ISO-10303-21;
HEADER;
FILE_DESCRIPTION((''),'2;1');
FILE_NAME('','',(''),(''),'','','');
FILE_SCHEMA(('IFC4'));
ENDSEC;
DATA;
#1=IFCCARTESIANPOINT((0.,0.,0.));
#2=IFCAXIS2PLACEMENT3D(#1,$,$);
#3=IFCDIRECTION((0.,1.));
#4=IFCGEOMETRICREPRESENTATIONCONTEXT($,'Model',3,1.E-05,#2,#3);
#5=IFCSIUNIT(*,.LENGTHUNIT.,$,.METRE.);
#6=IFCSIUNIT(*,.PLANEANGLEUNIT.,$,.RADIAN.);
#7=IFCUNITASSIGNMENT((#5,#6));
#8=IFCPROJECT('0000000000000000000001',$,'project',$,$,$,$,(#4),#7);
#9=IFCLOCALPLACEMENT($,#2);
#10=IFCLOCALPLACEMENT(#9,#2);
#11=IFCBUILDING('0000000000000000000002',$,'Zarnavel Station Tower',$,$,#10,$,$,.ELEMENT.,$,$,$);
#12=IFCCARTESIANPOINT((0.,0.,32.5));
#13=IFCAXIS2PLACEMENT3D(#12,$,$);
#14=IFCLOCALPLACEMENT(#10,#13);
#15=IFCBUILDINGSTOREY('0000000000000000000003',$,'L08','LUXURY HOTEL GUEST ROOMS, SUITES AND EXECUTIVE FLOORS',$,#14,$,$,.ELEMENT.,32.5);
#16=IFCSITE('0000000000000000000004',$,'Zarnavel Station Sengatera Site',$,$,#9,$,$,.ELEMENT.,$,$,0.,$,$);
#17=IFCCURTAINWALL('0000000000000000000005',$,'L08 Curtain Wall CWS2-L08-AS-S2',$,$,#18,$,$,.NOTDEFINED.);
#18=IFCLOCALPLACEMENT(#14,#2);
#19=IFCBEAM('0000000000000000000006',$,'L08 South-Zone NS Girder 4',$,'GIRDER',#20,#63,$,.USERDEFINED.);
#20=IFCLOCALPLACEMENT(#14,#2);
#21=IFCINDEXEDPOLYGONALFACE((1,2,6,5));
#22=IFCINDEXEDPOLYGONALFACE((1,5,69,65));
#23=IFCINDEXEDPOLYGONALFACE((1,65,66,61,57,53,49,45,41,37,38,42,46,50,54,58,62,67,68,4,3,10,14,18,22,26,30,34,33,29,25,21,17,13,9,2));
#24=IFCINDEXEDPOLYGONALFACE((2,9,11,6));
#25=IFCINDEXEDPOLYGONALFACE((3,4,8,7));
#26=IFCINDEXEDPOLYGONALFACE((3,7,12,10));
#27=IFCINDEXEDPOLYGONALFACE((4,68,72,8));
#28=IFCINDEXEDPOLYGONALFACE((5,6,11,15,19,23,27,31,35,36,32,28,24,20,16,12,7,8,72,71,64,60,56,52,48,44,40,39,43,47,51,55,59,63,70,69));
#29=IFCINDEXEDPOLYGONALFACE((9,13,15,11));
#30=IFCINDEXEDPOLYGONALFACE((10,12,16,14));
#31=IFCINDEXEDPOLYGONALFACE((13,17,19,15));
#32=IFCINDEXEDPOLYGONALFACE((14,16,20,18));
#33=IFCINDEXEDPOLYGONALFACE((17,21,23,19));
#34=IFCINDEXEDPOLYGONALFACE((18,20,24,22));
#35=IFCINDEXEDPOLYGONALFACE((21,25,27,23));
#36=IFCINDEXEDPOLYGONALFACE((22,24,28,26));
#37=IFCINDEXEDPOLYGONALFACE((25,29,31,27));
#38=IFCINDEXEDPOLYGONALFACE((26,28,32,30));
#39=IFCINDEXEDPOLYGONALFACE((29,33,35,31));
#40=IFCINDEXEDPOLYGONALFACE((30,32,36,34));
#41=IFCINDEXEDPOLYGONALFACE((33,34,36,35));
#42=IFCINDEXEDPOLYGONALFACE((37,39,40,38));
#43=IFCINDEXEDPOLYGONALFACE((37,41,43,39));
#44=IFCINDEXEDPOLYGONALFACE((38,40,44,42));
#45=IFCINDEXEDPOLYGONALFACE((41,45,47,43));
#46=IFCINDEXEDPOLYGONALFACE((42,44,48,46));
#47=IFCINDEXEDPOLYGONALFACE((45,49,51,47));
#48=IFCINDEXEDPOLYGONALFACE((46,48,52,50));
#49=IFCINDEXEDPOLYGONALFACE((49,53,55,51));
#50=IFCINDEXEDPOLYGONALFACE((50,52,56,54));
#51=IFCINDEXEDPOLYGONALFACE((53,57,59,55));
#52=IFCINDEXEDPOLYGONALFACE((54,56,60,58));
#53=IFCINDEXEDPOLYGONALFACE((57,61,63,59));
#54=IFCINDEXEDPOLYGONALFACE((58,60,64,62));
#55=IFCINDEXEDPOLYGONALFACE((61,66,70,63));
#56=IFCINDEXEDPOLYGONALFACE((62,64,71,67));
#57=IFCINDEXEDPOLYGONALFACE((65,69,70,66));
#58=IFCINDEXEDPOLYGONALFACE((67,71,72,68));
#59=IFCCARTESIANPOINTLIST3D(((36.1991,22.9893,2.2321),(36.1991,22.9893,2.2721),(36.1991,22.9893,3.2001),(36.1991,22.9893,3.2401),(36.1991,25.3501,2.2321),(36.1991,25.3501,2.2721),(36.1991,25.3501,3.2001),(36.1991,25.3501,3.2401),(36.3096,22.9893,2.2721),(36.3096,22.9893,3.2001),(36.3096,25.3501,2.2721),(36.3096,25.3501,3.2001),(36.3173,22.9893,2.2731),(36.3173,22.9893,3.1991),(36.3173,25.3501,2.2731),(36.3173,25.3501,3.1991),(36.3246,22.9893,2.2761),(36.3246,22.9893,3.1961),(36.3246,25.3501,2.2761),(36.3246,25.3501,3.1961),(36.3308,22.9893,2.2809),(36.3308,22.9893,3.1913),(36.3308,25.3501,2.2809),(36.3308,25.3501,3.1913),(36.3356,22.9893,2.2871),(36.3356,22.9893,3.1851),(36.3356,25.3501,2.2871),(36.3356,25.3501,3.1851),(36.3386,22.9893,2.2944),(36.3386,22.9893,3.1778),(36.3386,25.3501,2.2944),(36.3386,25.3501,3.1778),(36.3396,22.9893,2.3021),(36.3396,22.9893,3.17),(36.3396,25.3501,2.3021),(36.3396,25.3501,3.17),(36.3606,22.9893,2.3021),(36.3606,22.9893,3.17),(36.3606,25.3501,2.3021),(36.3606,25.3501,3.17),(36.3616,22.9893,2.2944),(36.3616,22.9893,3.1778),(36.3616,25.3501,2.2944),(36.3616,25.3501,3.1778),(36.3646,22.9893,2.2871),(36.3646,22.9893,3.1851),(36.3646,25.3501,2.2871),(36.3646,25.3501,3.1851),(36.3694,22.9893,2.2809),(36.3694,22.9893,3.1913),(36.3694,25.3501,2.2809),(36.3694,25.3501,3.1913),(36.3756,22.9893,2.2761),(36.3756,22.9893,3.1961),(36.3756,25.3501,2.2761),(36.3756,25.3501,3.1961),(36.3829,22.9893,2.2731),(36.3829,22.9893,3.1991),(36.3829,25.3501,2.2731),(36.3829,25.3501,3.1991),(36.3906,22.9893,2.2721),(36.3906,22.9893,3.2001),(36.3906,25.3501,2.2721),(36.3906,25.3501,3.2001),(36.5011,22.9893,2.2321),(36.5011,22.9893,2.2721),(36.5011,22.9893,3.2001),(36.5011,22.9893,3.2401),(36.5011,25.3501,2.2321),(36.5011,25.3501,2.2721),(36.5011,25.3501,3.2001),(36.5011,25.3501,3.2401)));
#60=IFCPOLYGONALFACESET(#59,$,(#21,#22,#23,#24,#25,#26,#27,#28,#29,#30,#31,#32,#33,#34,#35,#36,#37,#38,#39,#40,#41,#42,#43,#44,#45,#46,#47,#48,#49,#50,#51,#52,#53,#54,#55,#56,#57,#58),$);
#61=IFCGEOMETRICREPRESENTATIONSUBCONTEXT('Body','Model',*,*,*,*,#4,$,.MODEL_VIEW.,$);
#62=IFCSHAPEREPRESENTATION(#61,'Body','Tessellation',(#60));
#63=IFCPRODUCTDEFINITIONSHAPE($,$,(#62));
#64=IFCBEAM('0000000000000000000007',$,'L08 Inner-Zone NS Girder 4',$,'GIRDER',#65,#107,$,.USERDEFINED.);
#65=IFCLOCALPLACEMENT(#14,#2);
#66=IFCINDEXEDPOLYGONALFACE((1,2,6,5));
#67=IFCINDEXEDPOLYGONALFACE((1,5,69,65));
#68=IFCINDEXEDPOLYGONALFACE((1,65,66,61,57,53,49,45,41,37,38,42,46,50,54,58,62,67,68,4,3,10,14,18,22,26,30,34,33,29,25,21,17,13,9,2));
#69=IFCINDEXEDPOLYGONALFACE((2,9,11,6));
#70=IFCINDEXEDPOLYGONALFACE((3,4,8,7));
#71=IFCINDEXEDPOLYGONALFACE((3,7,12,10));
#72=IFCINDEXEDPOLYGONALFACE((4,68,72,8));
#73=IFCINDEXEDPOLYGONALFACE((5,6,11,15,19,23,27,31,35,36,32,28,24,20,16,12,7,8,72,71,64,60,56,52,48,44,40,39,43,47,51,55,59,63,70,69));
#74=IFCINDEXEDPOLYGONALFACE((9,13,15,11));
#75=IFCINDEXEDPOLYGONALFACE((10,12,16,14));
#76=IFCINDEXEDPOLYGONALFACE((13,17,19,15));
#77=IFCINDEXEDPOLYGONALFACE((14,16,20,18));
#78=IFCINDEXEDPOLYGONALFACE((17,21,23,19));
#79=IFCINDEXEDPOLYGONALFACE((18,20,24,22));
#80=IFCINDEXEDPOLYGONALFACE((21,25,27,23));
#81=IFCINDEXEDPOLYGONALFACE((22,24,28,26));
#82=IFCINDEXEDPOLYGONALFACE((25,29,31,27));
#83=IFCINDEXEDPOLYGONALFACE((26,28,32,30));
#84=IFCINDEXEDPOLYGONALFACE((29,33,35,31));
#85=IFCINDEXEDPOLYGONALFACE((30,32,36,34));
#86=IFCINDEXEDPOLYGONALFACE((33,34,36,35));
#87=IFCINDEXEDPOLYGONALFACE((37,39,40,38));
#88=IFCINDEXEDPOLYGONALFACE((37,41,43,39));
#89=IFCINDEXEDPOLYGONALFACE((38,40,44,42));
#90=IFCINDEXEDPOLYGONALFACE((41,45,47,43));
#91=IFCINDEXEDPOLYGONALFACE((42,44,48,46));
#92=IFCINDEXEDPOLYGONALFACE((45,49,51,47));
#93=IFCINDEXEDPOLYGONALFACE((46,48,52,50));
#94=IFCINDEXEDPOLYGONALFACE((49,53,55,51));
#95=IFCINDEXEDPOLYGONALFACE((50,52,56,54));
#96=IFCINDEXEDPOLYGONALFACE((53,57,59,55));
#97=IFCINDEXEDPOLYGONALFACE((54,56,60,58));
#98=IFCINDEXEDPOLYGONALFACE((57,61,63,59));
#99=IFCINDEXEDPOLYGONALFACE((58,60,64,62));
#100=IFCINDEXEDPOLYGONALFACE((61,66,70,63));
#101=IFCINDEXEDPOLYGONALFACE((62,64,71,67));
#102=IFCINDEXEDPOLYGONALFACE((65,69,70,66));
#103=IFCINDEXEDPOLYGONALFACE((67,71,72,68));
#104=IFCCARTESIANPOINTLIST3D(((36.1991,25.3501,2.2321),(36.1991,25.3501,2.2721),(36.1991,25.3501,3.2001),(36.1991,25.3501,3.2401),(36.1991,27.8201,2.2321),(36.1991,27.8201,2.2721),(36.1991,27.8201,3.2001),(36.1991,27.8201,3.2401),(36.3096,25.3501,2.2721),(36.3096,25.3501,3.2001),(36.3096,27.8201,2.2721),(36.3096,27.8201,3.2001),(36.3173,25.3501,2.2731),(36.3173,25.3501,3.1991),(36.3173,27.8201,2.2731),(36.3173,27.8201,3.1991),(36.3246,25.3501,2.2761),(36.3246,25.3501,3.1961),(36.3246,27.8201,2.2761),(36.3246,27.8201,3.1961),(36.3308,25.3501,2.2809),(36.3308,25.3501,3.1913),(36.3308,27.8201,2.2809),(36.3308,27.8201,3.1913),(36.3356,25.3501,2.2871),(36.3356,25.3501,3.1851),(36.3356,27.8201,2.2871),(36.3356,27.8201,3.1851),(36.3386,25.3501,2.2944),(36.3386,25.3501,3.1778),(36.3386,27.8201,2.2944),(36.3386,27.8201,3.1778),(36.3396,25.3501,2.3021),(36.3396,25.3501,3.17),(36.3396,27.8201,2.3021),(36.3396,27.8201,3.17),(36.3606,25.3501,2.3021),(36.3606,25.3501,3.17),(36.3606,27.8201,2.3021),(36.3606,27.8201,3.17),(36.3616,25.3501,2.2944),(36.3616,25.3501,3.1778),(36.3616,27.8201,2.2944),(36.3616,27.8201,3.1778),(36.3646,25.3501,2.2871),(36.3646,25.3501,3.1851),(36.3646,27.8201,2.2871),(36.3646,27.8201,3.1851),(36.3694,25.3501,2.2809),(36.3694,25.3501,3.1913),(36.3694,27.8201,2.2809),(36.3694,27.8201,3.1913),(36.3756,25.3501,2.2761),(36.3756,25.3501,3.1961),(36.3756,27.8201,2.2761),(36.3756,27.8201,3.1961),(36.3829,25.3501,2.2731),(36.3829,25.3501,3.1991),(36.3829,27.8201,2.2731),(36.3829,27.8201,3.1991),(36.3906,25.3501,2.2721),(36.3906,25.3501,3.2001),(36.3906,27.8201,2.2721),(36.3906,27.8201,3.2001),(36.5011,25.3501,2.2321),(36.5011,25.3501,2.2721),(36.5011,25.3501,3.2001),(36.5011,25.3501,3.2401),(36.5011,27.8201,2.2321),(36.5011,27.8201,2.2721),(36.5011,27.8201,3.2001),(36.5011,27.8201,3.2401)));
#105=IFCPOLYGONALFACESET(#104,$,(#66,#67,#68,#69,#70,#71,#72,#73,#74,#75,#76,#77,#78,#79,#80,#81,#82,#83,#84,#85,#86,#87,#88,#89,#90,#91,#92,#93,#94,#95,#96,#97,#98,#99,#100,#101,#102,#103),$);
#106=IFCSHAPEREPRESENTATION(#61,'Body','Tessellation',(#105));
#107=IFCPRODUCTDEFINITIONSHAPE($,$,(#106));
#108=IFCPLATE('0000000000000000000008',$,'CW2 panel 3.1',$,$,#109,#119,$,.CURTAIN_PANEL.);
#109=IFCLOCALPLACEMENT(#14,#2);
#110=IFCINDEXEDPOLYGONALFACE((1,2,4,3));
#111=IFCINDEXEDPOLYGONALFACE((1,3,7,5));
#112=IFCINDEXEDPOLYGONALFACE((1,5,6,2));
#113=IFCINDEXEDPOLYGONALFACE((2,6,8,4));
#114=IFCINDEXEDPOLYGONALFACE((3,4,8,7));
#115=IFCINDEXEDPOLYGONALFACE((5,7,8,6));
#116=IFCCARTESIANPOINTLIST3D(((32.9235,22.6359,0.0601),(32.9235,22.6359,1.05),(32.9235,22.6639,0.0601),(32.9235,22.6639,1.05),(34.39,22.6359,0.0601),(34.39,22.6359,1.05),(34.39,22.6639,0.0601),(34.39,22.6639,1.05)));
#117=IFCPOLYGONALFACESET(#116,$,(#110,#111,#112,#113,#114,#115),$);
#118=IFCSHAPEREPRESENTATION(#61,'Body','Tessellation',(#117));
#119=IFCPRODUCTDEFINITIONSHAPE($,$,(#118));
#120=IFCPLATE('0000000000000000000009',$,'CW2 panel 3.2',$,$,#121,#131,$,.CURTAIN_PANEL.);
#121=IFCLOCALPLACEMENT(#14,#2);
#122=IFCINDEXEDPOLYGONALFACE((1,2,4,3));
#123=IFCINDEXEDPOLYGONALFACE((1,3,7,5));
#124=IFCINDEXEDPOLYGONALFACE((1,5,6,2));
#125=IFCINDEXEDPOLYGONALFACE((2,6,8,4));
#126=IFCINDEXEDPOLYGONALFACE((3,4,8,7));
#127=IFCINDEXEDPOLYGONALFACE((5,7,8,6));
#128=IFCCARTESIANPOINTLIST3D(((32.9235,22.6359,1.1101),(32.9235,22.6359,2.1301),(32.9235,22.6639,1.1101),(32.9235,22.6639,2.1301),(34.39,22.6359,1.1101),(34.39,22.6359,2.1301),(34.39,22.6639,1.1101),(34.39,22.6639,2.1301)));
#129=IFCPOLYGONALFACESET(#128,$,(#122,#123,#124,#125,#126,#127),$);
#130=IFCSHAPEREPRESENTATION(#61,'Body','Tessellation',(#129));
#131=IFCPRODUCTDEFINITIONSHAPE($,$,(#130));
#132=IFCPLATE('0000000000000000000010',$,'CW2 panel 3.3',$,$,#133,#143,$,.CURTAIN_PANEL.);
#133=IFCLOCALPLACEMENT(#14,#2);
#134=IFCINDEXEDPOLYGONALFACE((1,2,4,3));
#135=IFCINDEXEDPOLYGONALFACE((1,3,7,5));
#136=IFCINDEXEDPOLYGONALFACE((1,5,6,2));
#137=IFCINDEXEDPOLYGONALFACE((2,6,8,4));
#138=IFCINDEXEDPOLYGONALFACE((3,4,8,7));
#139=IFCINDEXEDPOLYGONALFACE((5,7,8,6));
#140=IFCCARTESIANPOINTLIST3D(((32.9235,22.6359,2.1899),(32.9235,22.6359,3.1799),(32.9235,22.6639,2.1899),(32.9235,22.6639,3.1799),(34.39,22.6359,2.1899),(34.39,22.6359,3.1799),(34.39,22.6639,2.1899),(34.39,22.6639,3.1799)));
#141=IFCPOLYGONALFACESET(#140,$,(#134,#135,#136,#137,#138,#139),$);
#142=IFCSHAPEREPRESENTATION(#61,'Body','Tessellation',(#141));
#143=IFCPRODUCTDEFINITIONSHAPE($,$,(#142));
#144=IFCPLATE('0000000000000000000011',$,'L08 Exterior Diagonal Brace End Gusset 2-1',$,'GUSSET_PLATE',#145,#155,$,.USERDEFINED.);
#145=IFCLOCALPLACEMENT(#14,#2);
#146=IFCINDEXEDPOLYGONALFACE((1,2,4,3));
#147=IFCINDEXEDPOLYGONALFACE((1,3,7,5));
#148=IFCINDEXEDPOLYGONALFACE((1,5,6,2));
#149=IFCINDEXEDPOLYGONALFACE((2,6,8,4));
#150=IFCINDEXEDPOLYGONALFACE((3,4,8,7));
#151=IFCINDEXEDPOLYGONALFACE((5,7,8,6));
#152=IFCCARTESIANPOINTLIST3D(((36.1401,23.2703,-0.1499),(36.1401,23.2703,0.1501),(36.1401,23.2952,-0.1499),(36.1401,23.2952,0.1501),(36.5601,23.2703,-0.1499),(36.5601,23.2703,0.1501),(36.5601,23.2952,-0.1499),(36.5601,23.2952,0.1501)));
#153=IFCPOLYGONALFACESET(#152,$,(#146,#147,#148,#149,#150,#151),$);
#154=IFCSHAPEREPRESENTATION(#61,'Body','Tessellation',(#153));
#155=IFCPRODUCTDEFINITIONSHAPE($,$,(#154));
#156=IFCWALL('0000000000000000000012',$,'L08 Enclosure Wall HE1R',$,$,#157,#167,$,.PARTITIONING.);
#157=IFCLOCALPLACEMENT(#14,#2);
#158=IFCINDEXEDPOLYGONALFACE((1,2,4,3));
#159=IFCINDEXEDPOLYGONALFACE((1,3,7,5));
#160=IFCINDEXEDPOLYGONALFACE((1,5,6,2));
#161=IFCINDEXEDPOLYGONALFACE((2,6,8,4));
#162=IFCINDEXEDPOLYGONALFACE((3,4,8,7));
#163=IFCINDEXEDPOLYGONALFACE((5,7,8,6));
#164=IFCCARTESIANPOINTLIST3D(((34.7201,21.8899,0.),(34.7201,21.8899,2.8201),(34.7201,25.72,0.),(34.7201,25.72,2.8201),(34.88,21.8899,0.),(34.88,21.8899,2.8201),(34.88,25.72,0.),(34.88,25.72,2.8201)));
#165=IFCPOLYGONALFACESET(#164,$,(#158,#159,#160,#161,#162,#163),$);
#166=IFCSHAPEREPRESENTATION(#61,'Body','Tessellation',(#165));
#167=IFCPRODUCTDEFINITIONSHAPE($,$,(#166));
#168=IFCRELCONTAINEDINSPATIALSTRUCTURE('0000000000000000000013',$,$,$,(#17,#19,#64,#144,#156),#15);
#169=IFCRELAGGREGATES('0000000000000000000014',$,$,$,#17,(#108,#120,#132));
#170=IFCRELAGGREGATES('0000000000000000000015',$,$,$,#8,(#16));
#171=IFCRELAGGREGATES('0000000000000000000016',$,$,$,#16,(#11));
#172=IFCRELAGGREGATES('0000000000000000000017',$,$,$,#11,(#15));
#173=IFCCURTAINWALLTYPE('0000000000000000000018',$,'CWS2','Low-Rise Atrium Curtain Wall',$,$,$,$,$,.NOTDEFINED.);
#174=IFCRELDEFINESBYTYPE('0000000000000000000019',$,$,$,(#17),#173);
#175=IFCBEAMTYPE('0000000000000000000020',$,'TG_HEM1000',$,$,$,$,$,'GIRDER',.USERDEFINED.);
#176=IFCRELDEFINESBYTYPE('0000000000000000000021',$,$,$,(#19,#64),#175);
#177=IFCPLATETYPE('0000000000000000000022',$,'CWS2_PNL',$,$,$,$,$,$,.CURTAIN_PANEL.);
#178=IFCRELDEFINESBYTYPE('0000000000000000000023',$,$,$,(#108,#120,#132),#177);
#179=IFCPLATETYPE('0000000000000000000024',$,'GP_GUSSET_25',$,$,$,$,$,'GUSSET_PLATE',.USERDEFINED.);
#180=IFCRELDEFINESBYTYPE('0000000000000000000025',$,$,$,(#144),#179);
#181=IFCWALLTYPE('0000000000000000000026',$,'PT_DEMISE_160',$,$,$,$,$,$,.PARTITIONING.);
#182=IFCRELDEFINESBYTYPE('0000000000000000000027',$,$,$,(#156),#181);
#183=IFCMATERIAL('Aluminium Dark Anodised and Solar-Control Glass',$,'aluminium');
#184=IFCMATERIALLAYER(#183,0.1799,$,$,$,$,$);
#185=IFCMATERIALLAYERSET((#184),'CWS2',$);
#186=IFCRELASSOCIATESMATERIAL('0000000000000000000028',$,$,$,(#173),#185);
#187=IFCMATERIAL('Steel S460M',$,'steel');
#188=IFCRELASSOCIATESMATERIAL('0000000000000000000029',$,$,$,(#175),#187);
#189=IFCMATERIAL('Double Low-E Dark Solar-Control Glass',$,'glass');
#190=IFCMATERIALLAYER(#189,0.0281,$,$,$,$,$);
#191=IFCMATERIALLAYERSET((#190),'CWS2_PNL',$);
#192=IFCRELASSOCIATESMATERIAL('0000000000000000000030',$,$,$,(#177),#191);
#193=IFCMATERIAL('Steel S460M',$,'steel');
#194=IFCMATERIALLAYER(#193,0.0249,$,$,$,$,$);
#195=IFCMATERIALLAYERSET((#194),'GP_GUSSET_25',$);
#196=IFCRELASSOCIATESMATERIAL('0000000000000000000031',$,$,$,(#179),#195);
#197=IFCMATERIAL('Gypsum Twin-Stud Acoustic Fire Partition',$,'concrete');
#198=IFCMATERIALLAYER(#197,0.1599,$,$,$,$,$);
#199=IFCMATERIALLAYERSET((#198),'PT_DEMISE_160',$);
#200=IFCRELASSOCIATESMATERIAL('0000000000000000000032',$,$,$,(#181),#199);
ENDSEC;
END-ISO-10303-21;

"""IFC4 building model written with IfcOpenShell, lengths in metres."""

from ifc_helpers import new_model, si_unit, direction, frame, frame_2d, origin, origin_2d, place, context, subcontext, project, spatial, rectangle, i_section, extrude, material, layer, layer_set, material_profile, profile_set, type_object, element, aggregate, save


model = new_model("IFC4")

# Units and contexts
model_context = context("Model", 3, precision=1e-05, world=origin(), true_north=direction((0.0, 1.0)))
body_context = subcontext(model_context, "Body", "Model", "MODEL_VIEW")
ifc_project = project(units=[si_unit("LENGTHUNIT", "METRE"), si_unit("PLANEANGLEUNIT", "RADIAN")], contexts=[model_context])

# Site, building, storey
site_placement = place(None, origin())
site = spatial("IfcSite", under=ifc_project, at=site_placement, Name="Zarnavel Station Sengatera Site", CompositionType="ELEMENT", RefElevation=0.0)
building_placement = place(site_placement, origin())
building = spatial("IfcBuilding", under=site, at=building_placement, Name="Zarnavel Station Tower", CompositionType="ELEMENT")
storey_placement = place(building_placement, frame((0.0, 0.0, 32.5)))
storey = spatial("IfcBuildingStorey", under=building, at=storey_placement, Name="L08", Description="LUXURY HOTEL GUEST ROOMS, SUITES AND EXECUTIVE FLOORS", CompositionType="ELEMENT", Elevation=32.5)

# Curtain wall
ifc_material_1 = material(Name="Aluminium Dark Anodised and Solar-Control Glass", Category="aluminium")
ifc_layer_1 = layer(ifc_material_1, 0.1799)
ifc_layer_set_1 = layer_set([ifc_layer_1], Name="CWS2")
curtain_wall_type = type_object("IfcCurtainWallType", Name="CWS2", Description="Low-Rise Atrium Curtain Wall", PredefinedType="NOTDEFINED", material=ifc_layer_set_1)
curtain_wall_placement = place(storey_placement, origin())
curtain_wall = element("IfcCurtainWall", 1, at=curtain_wall_placement, inside=storey, type_object=curtain_wall_type, Name="L08 Curtain Wall CWS2-L08-AS-S2", PredefinedType="NOTDEFINED")

# Beams
ifc_material_2 = material(Name="Steel S460M", Category="steel")
ifc_material_profile_1 = material_profile(ifc_material_2, i_section(OverallWidth=0.302, OverallDepth=1.0081, WebThickness=0.021, FlangeThickness=0.04, FilletRadius=0.03, at=origin_2d()), Name="HEM1000")
ifc_profile_set_1 = profile_set([ifc_material_profile_1], Name="Steel S460M")
beam_type_1 = type_object("IfcBeamType", Name="TG_HEM1000", ElementType="GIRDER", PredefinedType="USERDEFINED", material=ifc_profile_set_1)
beam_1_placement = place(storey_placement, frame((36.3501, 22.9893, 2.7361), z_axis=(0.0, 1.0, 0.0), x_axis=(-1.0, 0.0, 0.0)))
element("IfcBeam", 2, at=beam_1_placement, inside=storey, type_object=beam_type_1, Name="L08 South-Zone NS Girder 4", ObjectType="GIRDER", PredefinedType="USERDEFINED", context=body_context, shape_type="SweptSolid", body=[
    extrude(i_section(OverallWidth=0.302, OverallDepth=1.0081, WebThickness=0.021, FlangeThickness=0.04, FilletRadius=0.03, at=origin_2d()), origin(), (0.0, 0.0, 1.0), 2.3608),
])
beam_2_placement = place(storey_placement, frame((36.3501, 25.3501, 2.7361), z_axis=(0.0, 1.0, 0.0), x_axis=(-1.0, 0.0, 0.0)))
element("IfcBeam", 3, at=beam_2_placement, inside=storey, type_object=beam_type_1, Name="L08 Inner-Zone NS Girder 4", ObjectType="GIRDER", PredefinedType="USERDEFINED", context=body_context, shape_type="SweptSolid", body=[
    extrude(i_section(OverallWidth=0.302, OverallDepth=1.0081, WebThickness=0.021, FlangeThickness=0.04, FilletRadius=0.03, at=origin_2d()), origin(), (0.0, 0.0, 1.0), 2.47),
])

# Plates
ifc_material_3 = material(Name="Double Low-E Dark Solar-Control Glass", Category="glass")
ifc_layer_2 = layer(ifc_material_3, 0.0281)
ifc_layer_set_2 = layer_set([ifc_layer_2], Name="CWS2_PNL")
plate_type_1 = type_object("IfcPlateType", Name="CWS2_PNL", PredefinedType="CURTAIN_PANEL", material=ifc_layer_set_2)
plate_1_placement = place(storey_placement, frame((33.6567, 22.6499, 0.0601), z_axis=(0.0, 0.0, 1.0), x_axis=(1.0, 0.0, 0.0)))
plate_1 = element("IfcPlate", 4, at=plate_1_placement, type_object=plate_type_1, Name="CW2 panel 3.1", PredefinedType="CURTAIN_PANEL", context=body_context, shape_type="SweptSolid", body=[
    extrude(rectangle(XDim=1.4666, YDim=0.0281, at=origin_2d()), origin(), (0.0, 0.0, 1.0), 0.99),
])
plate_2_placement = place(storey_placement, frame((33.6567, 22.6499, 1.1101), z_axis=(0.0, 0.0, 1.0), x_axis=(1.0, 0.0, 0.0)))
plate_2 = element("IfcPlate", 5, at=plate_2_placement, type_object=plate_type_1, Name="CW2 panel 3.2", PredefinedType="CURTAIN_PANEL", context=body_context, shape_type="SweptSolid", body=[
    extrude(rectangle(XDim=1.4666, YDim=0.0281, at=origin_2d()), origin(), (0.0, 0.0, 1.0), 1.02),
])
plate_3_placement = place(storey_placement, frame((33.6567, 22.6499, 2.1899), z_axis=(0.0, 0.0, 1.0), x_axis=(1.0, 0.0, 0.0)))
plate_3 = element("IfcPlate", 6, at=plate_3_placement, type_object=plate_type_1, Name="CW2 panel 3.3", PredefinedType="CURTAIN_PANEL", context=body_context, shape_type="SweptSolid", body=[
    extrude(rectangle(XDim=1.4666, YDim=0.0281, at=origin_2d()), origin(), (0.0, 0.0, 1.0), 0.99),
])
aggregate(curtain_wall, [plate_1, plate_2, plate_3])
ifc_material_4 = material(Name="Steel S460M", Category="steel")
ifc_layer_3 = layer(ifc_material_4, 0.0249)
ifc_layer_set_3 = layer_set([ifc_layer_3], Name="GP_GUSSET_25")
plate_type_2 = type_object("IfcPlateType", Name="GP_GUSSET_25", ElementType="GUSSET_PLATE", PredefinedType="USERDEFINED", material=ifc_layer_set_3)
plate_4_placement = place(storey_placement, frame((36.3501, 23.2827, -0.1499), z_axis=(0.0, 0.0, 1.0), x_axis=(1.0, 0.0, 0.0)))
element("IfcPlate", 7, at=plate_4_placement, inside=storey, type_object=plate_type_2, Name="L08 Exterior Diagonal Brace End Gusset 2-1", ObjectType="GUSSET_PLATE", PredefinedType="USERDEFINED", context=body_context, shape_type="SweptSolid", body=[
    extrude(rectangle(XDim=0.4199, YDim=0.0249, at=origin_2d()), origin(), (0.0, 0.0, 1.0), 0.3),
])

# Wall
ifc_material_5 = material(Name="Gypsum Twin-Stud Acoustic Fire Partition", Category="concrete")
ifc_layer_4 = layer(ifc_material_5, 0.1599)
ifc_layer_set_4 = layer_set([ifc_layer_4], Name="PT_DEMISE_160")
wall_type_1 = type_object("IfcWallType", Name="PT_DEMISE_160", PredefinedType="PARTITIONING", material=ifc_layer_set_4)
wall_1_placement = place(storey_placement, frame((34.8, 21.8899, 0.0), z_axis=(0.0, 0.0, 1.0), x_axis=(0.0, 1.0, 0.0)))
element("IfcWall", 8, at=wall_1_placement, inside=storey, type_object=wall_type_1, Name="L08 Enclosure Wall HE1R", PredefinedType="PARTITIONING", context=body_context, shape_type="SweptSolid", body=[
    extrude(rectangle(XDim=3.8301, YDim=0.1599, at=frame_2d((1.915, 0.0))), origin(), (0.0, 0.0, 1.0), 2.8201),
])

save(model, "model.ifc")
